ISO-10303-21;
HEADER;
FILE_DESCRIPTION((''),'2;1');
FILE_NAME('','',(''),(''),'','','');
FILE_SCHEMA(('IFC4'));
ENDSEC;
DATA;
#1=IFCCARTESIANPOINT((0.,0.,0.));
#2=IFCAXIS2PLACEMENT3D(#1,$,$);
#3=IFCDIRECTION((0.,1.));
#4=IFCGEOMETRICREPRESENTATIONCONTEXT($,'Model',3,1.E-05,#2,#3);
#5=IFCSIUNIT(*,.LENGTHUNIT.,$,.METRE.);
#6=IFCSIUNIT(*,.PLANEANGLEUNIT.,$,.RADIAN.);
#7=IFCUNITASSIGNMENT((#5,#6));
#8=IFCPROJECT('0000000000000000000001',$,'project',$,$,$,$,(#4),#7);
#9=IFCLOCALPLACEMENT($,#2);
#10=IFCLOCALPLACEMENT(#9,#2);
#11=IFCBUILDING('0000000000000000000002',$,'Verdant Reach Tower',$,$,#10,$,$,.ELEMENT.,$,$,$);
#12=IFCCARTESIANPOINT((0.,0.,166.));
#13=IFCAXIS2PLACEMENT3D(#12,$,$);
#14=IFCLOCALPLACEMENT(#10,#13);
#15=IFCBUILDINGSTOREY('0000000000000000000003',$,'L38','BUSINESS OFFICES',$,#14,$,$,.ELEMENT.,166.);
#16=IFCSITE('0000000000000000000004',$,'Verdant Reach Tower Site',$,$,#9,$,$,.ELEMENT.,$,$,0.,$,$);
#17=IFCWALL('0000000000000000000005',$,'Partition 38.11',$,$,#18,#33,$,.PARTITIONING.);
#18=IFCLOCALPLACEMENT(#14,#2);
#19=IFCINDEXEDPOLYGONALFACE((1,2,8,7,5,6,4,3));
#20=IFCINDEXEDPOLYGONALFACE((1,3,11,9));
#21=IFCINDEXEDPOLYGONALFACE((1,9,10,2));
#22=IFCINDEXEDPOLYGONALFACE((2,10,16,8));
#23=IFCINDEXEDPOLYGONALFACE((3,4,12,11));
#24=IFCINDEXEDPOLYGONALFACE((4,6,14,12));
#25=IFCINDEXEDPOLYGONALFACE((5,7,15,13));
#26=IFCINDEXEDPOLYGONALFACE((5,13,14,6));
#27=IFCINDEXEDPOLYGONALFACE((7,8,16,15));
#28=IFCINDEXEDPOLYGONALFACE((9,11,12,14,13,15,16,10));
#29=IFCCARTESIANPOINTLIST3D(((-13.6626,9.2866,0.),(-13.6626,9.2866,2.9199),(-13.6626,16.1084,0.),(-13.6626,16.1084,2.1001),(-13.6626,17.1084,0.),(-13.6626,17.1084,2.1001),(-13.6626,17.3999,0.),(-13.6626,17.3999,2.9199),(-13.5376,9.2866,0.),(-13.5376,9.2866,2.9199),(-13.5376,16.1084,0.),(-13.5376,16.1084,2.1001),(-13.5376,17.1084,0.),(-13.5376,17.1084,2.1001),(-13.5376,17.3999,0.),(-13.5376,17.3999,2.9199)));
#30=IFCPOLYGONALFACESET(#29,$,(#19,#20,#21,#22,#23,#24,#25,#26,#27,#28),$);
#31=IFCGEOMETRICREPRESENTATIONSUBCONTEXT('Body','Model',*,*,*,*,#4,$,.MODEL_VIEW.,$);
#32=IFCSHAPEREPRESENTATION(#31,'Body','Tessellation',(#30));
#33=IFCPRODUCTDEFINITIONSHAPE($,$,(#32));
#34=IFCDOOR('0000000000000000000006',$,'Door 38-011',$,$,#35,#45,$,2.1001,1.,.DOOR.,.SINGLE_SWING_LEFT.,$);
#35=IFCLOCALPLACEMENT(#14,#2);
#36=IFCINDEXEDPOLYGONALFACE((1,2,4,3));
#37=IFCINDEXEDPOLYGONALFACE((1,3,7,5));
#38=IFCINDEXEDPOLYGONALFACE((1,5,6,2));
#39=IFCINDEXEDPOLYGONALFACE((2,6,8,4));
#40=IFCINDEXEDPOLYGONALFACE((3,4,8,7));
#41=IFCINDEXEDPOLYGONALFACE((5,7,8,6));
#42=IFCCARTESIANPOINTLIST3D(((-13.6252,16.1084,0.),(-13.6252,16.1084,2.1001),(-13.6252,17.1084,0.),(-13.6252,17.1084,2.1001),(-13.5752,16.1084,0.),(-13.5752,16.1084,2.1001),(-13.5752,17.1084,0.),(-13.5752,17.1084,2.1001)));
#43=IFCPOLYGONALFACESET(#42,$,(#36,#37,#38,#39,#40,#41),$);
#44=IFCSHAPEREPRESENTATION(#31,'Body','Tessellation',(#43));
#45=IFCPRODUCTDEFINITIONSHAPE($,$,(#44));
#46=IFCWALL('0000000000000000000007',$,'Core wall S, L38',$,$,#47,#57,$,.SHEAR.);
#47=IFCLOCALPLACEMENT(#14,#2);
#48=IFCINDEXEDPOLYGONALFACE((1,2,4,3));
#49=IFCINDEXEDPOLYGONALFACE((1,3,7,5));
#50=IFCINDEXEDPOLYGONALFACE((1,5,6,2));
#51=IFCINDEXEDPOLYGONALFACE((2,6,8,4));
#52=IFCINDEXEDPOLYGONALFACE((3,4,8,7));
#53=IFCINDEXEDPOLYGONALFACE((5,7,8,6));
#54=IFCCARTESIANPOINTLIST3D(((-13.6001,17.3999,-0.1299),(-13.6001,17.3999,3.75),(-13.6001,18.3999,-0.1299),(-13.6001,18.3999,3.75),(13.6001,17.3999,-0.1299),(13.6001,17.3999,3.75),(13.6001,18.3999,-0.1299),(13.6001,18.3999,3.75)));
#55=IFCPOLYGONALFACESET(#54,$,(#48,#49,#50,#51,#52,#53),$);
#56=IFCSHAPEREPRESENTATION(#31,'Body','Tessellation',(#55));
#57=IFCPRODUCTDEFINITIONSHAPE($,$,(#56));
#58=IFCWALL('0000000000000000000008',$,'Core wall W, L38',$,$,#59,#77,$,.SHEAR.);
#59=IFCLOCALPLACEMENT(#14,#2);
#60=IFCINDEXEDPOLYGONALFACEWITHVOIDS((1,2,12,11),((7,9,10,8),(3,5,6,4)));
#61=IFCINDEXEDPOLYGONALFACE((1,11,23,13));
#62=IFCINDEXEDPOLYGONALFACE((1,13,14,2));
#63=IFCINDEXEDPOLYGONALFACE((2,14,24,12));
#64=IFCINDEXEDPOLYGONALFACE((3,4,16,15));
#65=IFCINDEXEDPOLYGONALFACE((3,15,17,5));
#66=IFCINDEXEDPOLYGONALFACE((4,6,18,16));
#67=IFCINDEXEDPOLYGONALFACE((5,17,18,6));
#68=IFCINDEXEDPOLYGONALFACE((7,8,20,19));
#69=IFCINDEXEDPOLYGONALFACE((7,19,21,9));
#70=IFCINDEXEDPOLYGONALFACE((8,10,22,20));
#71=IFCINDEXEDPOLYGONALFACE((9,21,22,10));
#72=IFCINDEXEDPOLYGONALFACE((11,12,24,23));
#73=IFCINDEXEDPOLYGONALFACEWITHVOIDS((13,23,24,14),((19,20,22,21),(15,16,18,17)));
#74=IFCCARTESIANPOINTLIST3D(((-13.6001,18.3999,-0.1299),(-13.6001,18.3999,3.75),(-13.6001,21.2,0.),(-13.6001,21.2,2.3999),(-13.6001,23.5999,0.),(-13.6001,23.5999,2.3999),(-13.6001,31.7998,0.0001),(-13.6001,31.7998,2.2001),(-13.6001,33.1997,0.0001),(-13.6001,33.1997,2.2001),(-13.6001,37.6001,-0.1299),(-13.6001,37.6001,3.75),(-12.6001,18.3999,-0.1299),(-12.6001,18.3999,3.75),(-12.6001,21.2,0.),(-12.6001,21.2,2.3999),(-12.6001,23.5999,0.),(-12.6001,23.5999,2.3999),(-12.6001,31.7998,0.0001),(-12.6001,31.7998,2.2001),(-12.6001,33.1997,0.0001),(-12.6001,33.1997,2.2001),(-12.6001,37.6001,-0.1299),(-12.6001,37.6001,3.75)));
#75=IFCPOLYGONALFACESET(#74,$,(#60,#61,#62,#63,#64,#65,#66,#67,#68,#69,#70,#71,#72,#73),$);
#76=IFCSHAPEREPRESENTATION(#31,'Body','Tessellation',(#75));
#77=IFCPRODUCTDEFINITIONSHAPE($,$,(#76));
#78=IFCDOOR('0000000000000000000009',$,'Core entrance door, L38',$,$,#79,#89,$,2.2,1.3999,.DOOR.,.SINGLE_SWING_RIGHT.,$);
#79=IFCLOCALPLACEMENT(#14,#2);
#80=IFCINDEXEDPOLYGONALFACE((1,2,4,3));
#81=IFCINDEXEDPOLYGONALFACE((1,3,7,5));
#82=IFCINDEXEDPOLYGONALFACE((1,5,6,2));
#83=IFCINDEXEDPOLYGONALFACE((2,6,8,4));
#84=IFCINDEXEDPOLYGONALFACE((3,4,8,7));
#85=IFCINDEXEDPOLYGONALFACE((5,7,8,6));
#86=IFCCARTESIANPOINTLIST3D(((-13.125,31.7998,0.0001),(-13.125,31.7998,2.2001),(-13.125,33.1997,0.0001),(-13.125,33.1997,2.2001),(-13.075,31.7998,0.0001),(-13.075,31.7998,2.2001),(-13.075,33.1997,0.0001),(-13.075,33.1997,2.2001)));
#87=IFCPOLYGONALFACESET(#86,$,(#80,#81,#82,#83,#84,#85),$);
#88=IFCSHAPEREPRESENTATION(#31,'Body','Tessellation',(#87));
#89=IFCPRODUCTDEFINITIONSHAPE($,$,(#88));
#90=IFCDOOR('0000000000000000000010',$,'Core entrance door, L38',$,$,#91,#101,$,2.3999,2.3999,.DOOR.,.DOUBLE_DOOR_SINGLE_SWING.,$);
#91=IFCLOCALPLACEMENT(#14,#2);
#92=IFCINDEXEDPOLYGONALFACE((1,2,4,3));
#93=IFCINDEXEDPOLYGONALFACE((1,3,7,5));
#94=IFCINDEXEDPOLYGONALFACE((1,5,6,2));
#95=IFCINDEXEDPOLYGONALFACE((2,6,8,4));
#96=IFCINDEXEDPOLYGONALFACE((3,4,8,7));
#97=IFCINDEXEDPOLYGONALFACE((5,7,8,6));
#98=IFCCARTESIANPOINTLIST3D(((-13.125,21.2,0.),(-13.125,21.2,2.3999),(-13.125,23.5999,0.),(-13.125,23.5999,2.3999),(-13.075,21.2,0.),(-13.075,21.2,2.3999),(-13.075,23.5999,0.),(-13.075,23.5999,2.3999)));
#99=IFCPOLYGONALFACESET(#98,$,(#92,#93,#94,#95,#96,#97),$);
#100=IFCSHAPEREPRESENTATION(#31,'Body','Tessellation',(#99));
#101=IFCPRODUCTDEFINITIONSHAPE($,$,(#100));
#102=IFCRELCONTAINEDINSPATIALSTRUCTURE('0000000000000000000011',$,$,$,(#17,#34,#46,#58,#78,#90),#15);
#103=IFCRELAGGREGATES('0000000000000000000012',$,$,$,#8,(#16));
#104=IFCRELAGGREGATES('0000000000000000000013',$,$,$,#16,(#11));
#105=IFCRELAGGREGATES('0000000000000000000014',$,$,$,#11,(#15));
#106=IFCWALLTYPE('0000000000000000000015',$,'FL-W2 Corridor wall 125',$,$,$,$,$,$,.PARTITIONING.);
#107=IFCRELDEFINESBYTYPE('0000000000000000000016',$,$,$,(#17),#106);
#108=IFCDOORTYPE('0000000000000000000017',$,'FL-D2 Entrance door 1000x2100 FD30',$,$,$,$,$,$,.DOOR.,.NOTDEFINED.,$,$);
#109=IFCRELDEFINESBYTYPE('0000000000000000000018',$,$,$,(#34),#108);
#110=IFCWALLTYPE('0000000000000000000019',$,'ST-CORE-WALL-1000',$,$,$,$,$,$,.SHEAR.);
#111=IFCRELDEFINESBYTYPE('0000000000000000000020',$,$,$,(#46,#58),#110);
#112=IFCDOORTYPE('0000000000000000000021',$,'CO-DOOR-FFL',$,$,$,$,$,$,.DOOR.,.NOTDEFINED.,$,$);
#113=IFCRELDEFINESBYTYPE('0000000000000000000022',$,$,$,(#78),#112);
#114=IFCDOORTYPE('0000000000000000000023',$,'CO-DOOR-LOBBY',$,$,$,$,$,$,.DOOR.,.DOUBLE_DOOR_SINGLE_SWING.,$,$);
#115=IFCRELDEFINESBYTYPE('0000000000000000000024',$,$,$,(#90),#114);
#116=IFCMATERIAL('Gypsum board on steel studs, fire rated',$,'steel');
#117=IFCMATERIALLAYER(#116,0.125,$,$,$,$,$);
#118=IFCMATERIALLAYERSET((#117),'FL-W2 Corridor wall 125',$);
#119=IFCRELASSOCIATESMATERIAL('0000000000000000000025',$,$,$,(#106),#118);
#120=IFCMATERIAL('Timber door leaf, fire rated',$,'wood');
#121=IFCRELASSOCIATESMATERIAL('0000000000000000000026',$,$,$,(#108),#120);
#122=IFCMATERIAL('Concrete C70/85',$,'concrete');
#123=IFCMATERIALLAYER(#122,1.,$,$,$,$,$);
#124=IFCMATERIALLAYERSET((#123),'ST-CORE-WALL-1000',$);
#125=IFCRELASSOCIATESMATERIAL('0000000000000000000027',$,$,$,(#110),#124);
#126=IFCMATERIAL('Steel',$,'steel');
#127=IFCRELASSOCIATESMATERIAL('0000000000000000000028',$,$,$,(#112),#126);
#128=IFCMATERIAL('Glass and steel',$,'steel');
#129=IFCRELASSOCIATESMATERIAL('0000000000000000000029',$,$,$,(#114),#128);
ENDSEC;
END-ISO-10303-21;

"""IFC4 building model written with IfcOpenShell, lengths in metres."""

from ifc_helpers import new_model, si_unit, direction, frame, frame_2d, origin, place, context, subcontext, project, spatial, rectangle, extrude, material, layer, layer_set, type_object, element, fill, save


model = new_model("IFC4")

# Units and contexts
model_context = context("Model", 3, precision=1e-05, world=origin(), true_north=direction((0.0, 1.0)))
body_context = subcontext(model_context, "Body", "Model", "MODEL_VIEW")
ifc_project = project(units=[si_unit("LENGTHUNIT", "METRE"), si_unit("PLANEANGLEUNIT", "RADIAN")], contexts=[model_context])

# Site, building, storey
site_placement = place(None, origin())
site = spatial("IfcSite", under=ifc_project, at=site_placement, Name="Verdant Reach Tower Site", CompositionType="ELEMENT", RefElevation=0.0)
building_placement = place(site_placement, origin())
building = spatial("IfcBuilding", under=site, at=building_placement, Name="Verdant Reach Tower", CompositionType="ELEMENT")
storey_placement = place(building_placement, frame((0.0, 0.0, 166.0)))
storey = spatial("IfcBuildingStorey", under=building, at=storey_placement, Name="L38", Description="BUSINESS OFFICES", CompositionType="ELEMENT", Elevation=166.0)

# Wall, opening, door
ifc_material_1 = material(Name="Gypsum board on steel studs, fire rated", Category="steel")
ifc_layer_1 = layer(ifc_material_1, 0.125)
ifc_layer_set_1 = layer_set([ifc_layer_1], Name="FL-W2 Corridor wall 125")
wall_type_1 = type_object("IfcWallType", Name="FL-W2 Corridor wall 125", PredefinedType="PARTITIONING", material=ifc_layer_set_1)
wall_1_placement = place(storey_placement, frame((-13.6001, 17.3999, 0.0), z_axis=(0.0, 0.0, 1.0), x_axis=(0.0, -1.0, 0.0)))
wall_1 = element("IfcWall", 1, at=wall_1_placement, inside=storey, type_object=wall_type_1, Name="Partition 38.11", PredefinedType="PARTITIONING", context=body_context, shape_type="SweptSolid", body=[
    extrude(rectangle(XDim=8.1133, YDim=0.125, at=frame_2d((4.0566, 0.0))), origin(), (0.0, 0.0, 1.0), 2.9199),
])
opening_1_placement = place(wall_1_placement, frame((0.2915, 0.0, 0.0)))
opening_1 = element("IfcOpeningElement", 2, at=opening_1_placement, cuts=wall_1, PredefinedType="OPENING", context=body_context, shape_type="SweptSolid", body=[
    extrude(rectangle(XDim=1.0, YDim=2.1001, at=frame_2d((0.5, 1.05))), frame((0.0, 0.0725, 0.0), z_axis=(0.0, -1.0, 0.0), x_axis=(1.0, 0.0, 0.0)), (0.0, 0.0, 1.0), 0.145),
])
ifc_material_2 = material(Name="Timber door leaf, fire rated", Category="wood")
door_type_1 = type_object("IfcDoorType", Name="FL-D2 Entrance door 1000x2100 FD30", OperationType="NOTDEFINED", PredefinedType="DOOR", material=ifc_material_2)
door_1_placement = place(opening_1_placement, origin())
door_1 = element("IfcDoor", 3, at=door_1_placement, inside=storey, type_object=door_type_1, Name="Door 38-011", OperationType="SINGLE_SWING_LEFT", OverallHeight=2.1001, OverallWidth=1.0, PredefinedType="DOOR", context=body_context, shape_type="SweptSolid", body=[
    extrude(rectangle(XDim=1.0, YDim=2.1001, at=frame_2d((0.5, 1.05))), frame((0.0, 0.0249, 0.0), z_axis=(0.0, -1.0, 0.0), x_axis=(1.0, 0.0, 0.0)), (0.0, 0.0, 1.0), 0.05),
])
fill(opening_1, door_1)

# Wall
ifc_material_3 = material(Name="Concrete C70/85", Category="concrete")
ifc_layer_2 = layer(ifc_material_3, 1.0)
ifc_layer_set_2 = layer_set([ifc_layer_2], Name="ST-CORE-WALL-1000")
wall_type_2 = type_object("IfcWallType", Name="ST-CORE-WALL-1000", PredefinedType="SHEAR", material=ifc_layer_set_2)
wall_2_placement = place(storey_placement, frame((-13.6001, 17.8999, -0.1299), z_axis=(0.0, 0.0, 1.0), x_axis=(1.0, 0.0, 0.0)))
element("IfcWall", 4, at=wall_2_placement, inside=storey, type_object=wall_type_2, Name="Core wall S, L38", PredefinedType="SHEAR", context=body_context, shape_type="SweptSolid", body=[
    extrude(rectangle(XDim=27.2002, YDim=1.0, at=frame_2d((13.6001, 0.0))), origin(), (0.0, 0.0, 1.0), 3.8799),
])

# Wall, openings, doors
wall_3_placement = place(storey_placement, frame((-13.1001, 18.3999, -0.1299), z_axis=(0.0, 0.0, 1.0), x_axis=(0.0, 1.0, 0.0)))
wall_3 = element("IfcWall", 5, at=wall_3_placement, inside=storey, type_object=wall_type_2, Name="Core wall W, L38", PredefinedType="SHEAR", context=body_context, shape_type="SweptSolid", body=[
    extrude(rectangle(XDim=19.2002, YDim=1.0, at=frame_2d((9.6001, 0.0))), origin(), (0.0, 0.0, 1.0), 3.8799),
])
opening_2_placement = place(wall_3_placement, frame((2.8, 0.0, 0.1299)))
opening_2 = element("IfcOpeningElement", 6, at=opening_2_placement, cuts=wall_3, PredefinedType="OPENING", context=body_context, shape_type="SweptSolid", body=[
    extrude(rectangle(XDim=2.3999, YDim=2.3999, at=frame_2d((1.2, 1.2))), frame((0.0, 0.51, 0.0), z_axis=(0.0, -1.0, 0.0), x_axis=(1.0, 0.0, 0.0)), (0.0, 0.0, 1.0), 1.02),
])
opening_3_placement = place(wall_3_placement, frame((13.3999, 0.0, 0.1299)))
opening_3 = element("IfcOpeningElement", 7, at=opening_3_placement, cuts=wall_3, PredefinedType="OPENING", context=body_context, shape_type="SweptSolid", body=[
    extrude(rectangle(XDim=1.3999, YDim=2.2, at=frame_2d((0.7, 1.1001))), frame((0.0, 0.51, 0.0), z_axis=(0.0, -1.0, 0.0), x_axis=(1.0, 0.0, 0.0)), (0.0, 0.0, 1.0), 1.02),
])
ifc_material_4 = material(Name="Steel", Category="steel")
door_type_2 = type_object("IfcDoorType", Name="CO-DOOR-FFL", OperationType="NOTDEFINED", PredefinedType="DOOR", material=ifc_material_4)
door_2_placement = place(opening_3_placement, origin())
door_2 = element("IfcDoor", 8, at=door_2_placement, inside=storey, type_object=door_type_2, Name="Core entrance door, L38", OperationType="SINGLE_SWING_RIGHT", OverallHeight=2.2, OverallWidth=1.3999, PredefinedType="DOOR", context=body_context, shape_type="SweptSolid", body=[
    extrude(rectangle(XDim=1.3999, YDim=2.2, at=frame_2d((0.7, 1.1001))), frame((0.0, 0.0249, 0.0), z_axis=(0.0, -1.0, 0.0), x_axis=(1.0, 0.0, 0.0)), (0.0, 0.0, 1.0), 0.05),
])
fill(opening_3, door_2)
ifc_material_5 = material(Name="Glass and steel", Category="steel")
door_type_3 = type_object("IfcDoorType", Name="CO-DOOR-LOBBY", OperationType="DOUBLE_DOOR_SINGLE_SWING", PredefinedType="DOOR", material=ifc_material_5)
door_3_placement = place(opening_2_placement, origin())
door_3 = element("IfcDoor", 9, at=door_3_placement, inside=storey, type_object=door_type_3, Name="Core entrance door, L38", OperationType="DOUBLE_DOOR_SINGLE_SWING", OverallHeight=2.3999, OverallWidth=2.3999, PredefinedType="DOOR", context=body_context, shape_type="SweptSolid", body=[
    extrude(rectangle(XDim=2.3999, YDim=2.3999, at=frame_2d((1.2, 1.2))), frame((0.0, 0.0249, 0.0), z_axis=(0.0, -1.0, 0.0), x_axis=(1.0, 0.0, 0.0)), (0.0, 0.0, 1.0), 0.05),
])
fill(opening_2, door_3)

save(model, "model.ifc")
